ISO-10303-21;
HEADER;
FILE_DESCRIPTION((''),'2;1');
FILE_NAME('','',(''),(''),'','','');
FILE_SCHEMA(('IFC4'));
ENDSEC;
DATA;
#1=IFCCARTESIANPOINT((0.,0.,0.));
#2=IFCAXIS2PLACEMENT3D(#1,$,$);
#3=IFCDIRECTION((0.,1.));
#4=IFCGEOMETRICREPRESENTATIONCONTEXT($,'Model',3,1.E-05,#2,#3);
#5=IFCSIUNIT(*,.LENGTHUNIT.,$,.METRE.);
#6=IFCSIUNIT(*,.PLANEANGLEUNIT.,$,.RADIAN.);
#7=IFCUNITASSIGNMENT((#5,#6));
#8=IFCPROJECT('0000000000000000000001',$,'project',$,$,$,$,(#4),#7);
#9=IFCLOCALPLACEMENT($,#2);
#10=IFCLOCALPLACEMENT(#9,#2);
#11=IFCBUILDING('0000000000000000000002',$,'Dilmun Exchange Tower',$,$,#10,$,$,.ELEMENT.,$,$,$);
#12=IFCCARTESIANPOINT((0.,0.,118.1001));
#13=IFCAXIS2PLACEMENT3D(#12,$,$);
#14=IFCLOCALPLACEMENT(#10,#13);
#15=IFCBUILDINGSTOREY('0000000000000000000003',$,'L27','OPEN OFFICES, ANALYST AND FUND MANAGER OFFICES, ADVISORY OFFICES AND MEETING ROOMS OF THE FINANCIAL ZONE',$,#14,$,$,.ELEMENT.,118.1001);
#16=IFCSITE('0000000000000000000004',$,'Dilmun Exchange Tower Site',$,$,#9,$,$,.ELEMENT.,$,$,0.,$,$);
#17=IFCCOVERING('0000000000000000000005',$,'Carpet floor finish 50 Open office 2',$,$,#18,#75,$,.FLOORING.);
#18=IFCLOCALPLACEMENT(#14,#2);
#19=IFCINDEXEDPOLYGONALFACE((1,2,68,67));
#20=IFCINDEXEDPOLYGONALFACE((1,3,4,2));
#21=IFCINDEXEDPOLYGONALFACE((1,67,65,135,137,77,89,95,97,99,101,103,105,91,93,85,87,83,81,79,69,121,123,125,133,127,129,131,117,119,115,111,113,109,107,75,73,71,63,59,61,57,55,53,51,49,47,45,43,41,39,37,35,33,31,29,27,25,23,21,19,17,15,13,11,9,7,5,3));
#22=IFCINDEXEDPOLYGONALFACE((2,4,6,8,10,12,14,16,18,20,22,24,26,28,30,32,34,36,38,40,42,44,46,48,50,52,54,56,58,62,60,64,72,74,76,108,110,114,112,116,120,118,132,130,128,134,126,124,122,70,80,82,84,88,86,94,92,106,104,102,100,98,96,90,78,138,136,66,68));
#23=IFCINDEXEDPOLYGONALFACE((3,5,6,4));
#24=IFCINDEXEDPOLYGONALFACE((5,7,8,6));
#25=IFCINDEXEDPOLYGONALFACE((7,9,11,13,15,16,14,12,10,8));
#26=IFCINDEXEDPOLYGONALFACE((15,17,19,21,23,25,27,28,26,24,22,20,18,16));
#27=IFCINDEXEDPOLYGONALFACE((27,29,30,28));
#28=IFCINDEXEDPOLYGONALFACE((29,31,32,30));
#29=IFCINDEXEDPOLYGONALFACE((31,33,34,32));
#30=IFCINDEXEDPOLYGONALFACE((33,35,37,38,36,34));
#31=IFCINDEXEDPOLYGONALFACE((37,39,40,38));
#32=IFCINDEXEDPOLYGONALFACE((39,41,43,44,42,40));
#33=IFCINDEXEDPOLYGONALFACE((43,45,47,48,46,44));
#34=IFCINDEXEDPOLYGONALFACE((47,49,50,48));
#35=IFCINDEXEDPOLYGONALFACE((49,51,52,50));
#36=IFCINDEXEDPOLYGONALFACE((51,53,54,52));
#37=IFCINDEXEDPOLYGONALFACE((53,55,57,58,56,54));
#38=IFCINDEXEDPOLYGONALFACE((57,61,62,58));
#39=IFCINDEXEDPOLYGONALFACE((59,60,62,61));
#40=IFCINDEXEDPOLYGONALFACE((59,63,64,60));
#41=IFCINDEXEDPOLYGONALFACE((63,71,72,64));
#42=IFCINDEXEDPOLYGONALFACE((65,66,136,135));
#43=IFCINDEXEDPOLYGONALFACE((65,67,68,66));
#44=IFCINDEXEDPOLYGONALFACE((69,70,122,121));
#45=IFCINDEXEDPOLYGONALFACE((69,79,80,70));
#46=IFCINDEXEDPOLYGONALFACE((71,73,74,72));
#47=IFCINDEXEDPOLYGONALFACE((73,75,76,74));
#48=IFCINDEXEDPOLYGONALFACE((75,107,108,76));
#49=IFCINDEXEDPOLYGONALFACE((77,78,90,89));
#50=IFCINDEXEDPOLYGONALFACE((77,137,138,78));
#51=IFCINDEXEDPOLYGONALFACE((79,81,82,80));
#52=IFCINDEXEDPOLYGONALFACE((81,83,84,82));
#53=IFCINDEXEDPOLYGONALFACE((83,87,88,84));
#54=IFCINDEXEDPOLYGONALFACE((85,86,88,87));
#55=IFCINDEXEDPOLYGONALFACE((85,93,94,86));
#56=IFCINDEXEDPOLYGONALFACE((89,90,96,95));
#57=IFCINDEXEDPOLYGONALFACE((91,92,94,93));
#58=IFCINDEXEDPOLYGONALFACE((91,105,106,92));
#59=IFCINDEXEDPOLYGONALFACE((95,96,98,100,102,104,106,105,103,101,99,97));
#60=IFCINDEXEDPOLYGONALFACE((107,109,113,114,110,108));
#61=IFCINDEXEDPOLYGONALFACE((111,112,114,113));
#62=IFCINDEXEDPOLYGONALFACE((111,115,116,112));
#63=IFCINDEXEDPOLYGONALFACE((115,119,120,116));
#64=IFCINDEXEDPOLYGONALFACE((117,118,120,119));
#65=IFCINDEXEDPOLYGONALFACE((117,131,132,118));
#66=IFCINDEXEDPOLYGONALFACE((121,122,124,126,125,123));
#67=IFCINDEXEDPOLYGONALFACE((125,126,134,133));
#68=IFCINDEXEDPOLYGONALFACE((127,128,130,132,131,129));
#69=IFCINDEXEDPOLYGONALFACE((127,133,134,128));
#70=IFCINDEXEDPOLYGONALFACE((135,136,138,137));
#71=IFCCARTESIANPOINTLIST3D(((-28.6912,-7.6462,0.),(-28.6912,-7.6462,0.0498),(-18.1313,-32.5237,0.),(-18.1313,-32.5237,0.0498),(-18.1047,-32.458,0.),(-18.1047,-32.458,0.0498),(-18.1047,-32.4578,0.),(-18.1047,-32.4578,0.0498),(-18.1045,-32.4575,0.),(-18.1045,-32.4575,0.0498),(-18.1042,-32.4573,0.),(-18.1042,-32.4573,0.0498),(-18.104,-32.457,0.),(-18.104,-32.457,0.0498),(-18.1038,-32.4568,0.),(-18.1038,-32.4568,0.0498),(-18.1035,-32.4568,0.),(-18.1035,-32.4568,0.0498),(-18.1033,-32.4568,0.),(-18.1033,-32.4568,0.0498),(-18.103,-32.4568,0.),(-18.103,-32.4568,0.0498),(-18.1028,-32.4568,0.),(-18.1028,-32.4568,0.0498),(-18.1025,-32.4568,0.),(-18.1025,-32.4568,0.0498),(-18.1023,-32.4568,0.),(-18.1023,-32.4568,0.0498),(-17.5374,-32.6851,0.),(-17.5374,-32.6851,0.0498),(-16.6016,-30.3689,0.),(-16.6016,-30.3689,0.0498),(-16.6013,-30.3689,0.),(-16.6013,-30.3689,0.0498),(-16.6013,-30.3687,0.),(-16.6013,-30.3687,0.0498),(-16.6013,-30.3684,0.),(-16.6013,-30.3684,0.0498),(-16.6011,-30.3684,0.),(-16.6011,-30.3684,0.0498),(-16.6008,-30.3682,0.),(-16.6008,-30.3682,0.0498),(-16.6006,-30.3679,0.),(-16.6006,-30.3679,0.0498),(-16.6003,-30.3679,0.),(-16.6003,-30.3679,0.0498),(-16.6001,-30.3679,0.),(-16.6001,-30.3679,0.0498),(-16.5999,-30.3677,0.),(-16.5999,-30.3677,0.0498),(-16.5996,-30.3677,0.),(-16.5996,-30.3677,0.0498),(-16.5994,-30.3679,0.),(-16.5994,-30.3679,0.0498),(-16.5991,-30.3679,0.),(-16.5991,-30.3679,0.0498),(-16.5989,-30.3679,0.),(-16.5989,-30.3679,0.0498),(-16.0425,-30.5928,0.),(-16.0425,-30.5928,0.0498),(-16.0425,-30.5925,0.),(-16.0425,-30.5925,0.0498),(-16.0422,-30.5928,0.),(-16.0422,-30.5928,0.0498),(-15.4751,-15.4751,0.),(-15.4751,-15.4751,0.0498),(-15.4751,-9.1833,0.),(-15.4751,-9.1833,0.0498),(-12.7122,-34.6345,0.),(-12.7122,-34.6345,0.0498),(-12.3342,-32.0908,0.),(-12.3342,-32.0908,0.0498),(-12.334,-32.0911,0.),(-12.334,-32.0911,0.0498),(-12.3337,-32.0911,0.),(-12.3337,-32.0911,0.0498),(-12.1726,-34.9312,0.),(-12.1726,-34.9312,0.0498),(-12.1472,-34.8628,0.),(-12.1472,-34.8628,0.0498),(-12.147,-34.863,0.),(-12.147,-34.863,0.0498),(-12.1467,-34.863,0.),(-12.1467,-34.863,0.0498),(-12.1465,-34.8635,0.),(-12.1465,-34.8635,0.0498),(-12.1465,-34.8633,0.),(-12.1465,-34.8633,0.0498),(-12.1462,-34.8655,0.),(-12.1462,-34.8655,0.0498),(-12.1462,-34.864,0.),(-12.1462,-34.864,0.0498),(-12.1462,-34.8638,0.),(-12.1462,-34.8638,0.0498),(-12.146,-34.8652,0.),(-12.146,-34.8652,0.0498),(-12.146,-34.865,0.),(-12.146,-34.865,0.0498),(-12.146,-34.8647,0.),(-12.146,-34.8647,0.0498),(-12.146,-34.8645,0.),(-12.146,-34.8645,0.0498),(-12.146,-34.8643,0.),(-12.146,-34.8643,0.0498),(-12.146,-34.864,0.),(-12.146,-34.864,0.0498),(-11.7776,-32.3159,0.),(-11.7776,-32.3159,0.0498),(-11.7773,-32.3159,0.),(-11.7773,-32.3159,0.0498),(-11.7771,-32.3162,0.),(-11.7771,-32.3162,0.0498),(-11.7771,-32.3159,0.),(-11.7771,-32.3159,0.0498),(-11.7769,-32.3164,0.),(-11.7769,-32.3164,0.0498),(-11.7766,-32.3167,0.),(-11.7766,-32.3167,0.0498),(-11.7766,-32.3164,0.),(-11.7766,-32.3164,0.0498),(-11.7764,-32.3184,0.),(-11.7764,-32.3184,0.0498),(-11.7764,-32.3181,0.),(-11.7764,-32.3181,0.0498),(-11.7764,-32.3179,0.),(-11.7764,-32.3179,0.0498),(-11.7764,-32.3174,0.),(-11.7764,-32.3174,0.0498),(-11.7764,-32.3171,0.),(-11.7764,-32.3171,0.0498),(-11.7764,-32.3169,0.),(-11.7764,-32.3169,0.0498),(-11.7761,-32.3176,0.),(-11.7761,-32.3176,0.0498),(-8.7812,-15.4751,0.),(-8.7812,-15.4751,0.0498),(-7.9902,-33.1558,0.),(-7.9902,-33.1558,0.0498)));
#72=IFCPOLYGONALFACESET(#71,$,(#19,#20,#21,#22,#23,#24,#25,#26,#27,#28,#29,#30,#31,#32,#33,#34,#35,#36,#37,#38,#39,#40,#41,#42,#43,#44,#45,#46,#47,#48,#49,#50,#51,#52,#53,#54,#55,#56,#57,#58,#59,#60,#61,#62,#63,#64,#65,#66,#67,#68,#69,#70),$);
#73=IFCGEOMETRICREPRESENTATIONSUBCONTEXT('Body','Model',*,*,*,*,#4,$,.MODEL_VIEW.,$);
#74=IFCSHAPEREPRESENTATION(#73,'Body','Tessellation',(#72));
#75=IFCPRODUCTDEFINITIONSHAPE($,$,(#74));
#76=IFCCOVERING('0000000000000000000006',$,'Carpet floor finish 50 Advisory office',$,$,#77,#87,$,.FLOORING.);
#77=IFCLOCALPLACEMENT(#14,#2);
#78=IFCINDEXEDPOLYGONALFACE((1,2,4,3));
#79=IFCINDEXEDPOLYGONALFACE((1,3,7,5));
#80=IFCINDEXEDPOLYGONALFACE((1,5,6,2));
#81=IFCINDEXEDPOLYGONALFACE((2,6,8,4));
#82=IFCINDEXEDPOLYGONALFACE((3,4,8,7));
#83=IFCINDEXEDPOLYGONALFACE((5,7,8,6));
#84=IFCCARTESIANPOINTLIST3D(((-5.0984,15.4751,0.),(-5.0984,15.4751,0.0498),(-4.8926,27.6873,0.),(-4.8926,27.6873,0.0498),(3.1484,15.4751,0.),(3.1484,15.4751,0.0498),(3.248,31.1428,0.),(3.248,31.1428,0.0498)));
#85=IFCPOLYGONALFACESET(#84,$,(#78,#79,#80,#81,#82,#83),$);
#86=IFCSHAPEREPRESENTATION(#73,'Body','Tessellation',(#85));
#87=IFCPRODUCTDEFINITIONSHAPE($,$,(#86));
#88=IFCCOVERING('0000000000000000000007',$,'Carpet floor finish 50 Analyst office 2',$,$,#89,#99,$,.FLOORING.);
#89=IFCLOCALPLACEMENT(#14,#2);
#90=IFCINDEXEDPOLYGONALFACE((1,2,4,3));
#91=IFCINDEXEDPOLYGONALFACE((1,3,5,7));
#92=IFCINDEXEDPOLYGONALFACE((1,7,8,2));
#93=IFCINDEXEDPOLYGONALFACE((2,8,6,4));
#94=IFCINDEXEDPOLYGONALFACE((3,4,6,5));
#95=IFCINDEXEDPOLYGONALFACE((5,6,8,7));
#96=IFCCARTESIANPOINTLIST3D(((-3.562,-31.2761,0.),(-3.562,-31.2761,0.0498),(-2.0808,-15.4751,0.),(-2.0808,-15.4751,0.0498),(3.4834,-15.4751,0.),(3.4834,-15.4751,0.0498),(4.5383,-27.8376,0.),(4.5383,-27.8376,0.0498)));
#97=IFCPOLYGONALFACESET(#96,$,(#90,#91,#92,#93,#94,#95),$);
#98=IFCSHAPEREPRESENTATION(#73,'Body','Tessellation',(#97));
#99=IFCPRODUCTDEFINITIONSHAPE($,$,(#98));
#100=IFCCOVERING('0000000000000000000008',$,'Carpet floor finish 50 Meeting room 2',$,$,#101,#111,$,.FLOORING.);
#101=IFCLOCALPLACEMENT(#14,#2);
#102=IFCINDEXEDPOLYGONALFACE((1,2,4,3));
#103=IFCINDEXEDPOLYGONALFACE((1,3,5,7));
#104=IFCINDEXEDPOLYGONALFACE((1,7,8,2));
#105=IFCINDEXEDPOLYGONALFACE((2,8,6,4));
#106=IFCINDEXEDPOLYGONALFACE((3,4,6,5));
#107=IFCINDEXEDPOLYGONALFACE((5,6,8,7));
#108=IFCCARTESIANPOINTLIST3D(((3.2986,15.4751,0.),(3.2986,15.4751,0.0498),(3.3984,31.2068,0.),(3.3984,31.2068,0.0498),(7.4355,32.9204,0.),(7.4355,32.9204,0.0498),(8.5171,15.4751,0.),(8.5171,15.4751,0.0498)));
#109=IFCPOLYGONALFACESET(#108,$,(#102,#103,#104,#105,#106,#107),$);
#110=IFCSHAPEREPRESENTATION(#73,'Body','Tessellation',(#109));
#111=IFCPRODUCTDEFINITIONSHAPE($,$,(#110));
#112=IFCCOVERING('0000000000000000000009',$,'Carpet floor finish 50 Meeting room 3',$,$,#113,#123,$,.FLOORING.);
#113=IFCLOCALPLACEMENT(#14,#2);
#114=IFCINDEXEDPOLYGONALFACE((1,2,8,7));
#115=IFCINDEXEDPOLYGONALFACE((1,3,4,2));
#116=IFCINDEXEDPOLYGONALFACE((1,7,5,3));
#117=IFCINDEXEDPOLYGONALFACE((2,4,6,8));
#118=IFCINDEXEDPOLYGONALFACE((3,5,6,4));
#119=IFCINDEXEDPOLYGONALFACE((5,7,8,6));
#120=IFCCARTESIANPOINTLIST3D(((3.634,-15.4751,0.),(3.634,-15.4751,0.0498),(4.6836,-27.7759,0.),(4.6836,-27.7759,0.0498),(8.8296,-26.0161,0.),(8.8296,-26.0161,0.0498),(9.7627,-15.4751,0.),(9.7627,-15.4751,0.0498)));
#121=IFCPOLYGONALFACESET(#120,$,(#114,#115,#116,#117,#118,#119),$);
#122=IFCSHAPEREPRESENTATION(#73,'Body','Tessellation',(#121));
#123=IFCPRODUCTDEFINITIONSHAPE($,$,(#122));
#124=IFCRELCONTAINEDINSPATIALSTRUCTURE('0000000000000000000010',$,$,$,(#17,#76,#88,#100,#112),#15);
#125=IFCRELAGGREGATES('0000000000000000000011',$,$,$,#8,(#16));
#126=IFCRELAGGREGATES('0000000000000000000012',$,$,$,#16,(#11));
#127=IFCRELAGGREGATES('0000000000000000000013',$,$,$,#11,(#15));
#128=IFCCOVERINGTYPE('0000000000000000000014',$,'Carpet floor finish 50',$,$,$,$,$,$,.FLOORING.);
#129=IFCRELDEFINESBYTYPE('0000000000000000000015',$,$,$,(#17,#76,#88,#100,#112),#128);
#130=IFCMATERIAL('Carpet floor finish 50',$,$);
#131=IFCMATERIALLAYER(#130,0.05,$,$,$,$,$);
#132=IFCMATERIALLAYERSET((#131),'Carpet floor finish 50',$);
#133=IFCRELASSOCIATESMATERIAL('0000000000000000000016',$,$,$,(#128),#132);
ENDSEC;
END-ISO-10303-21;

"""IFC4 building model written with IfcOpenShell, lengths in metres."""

from ifc_helpers import new_model, si_unit, direction, frame, origin, place, context, subcontext, project, spatial, polyline, outline, extrude, material, layer, layer_set, type_object, element, save


model = new_model("IFC4")

# Units and contexts
model_context = context("Model", 3, precision=1e-05, world=origin(), true_north=direction((0.0, 1.0)))
body_context = subcontext(model_context, "Body", "Model", "MODEL_VIEW")
ifc_project = project(units=[si_unit("LENGTHUNIT", "METRE"), si_unit("PLANEANGLEUNIT", "RADIAN")], contexts=[model_context])

# Site, building, storey
site_placement = place(None, origin())
site = spatial("IfcSite", under=ifc_project, at=site_placement, Name="Dilmun Exchange Tower Site", CompositionType="ELEMENT", RefElevation=0.0)
building_placement = place(site_placement, origin())
building = spatial("IfcBuilding", under=site, at=building_placement, Name="Dilmun Exchange Tower", CompositionType="ELEMENT")
storey_placement = place(building_placement, frame((0.0, 0.0, 118.1001)))
storey = spatial("IfcBuildingStorey", under=building, at=storey_placement, Name="L27", Description="OPEN OFFICES, ANALYST AND FUND MANAGER OFFICES, ADVISORY OFFICES AND MEETING ROOMS OF THE FINANCIAL ZONE", CompositionType="ELEMENT", Elevation=118.1001)

# Coverings
ifc_material_1 = material(Name="Carpet floor finish 50")
ifc_layer_1 = layer(ifc_material_1, 0.05)
ifc_layer_set_1 = layer_set([ifc_layer_1], Name="Carpet floor finish 50")
covering_type_1 = type_object("IfcCoveringType", Name="Carpet floor finish 50", PredefinedType="FLOORING", material=ifc_layer_set_1)
covering_1_placement = place(storey_placement, origin())
element("IfcCovering", 1, at=covering_1_placement, inside=storey, type_object=covering_type_1, Name="Carpet floor finish 50 Open office 2", PredefinedType="FLOORING", context=body_context, shape_type="SweptSolid", body=[
    extrude(outline(polyline([(-15.4751, -9.1833), (-15.4751, -15.4751), (-8.7812, -15.4751), (-7.9902, -33.1558), (-12.1726, -34.9312), (-12.1462, -34.8655), (-12.146, -34.8652), (-12.146, -34.865), (-12.146, -34.8647), (-12.146, -34.8645), (-12.146, -34.8645), (-12.146, -34.8643), (-12.146, -34.864), (-12.1462, -34.864), (-12.1462, -34.8638), (-12.1465, -34.8635), (-12.1465, -34.8633), (-12.1465, -34.8633), (-12.1467, -34.863), (-12.147, -34.863), (-12.1472, -34.8628), (-12.1472, -34.8628), (-12.7122, -34.6345), (-11.7764, -32.3184), (-11.7764, -32.3184), (-11.7764, -32.3181), (-11.7764, -32.3179), (-11.7761, -32.3176), (-11.7764, -32.3174), (-11.7764, -32.3174), (-11.7764, -32.3171), (-11.7764, -32.3169), (-11.7766, -32.3167), (-11.7766, -32.3167), (-11.7766, -32.3164), (-11.7769, -32.3164), (-11.7771, -32.3162), (-11.7771, -32.3159), (-11.7773, -32.3159), (-11.7776, -32.3159), (-12.3337, -32.0911), (-12.334, -32.0911), (-12.3342, -32.0908), (-12.3342, -32.0908), (-16.0422, -30.5928), (-16.0422, -30.5928), (-16.0425, -30.5928), (-16.0425, -30.5925), (-16.5989, -30.3679), (-16.5991, -30.3679), (-16.5994, -30.3679), (-16.5996, -30.3677), (-16.5996, -30.3677), (-16.5999, -30.3677), (-16.6001, -30.3679), (-16.6003, -30.3679), (-16.6003, -30.3679), (-16.6006, -30.3679), (-16.6008, -30.3682), (-16.6008, -30.3682), (-16.6011, -30.3684), (-16.6013, -30.3684), (-16.6013, -30.3687), (-16.6013, -30.3689), (-16.6016, -30.3689), (-17.5374, -32.6851), (-18.1023, -32.4568), (-18.1023, -32.4568), (-18.1025, -32.4568), (-18.1028, -32.4568), (-18.1028, -32.4568), (-18.103, -32.4568), (-18.1033, -32.4568), (-18.1035, -32.4568), (-18.1038, -32.4568), (-18.104, -32.457), (-18.104, -32.457), (-18.1042, -32.4573), (-18.1042, -32.4573), (-18.1045, -32.4575), (-18.1045, -32.4575), (-18.1047, -32.4578), (-18.1047, -32.458), (-18.1313, -32.5237), (-28.6912, -7.6462), (-15.4751, -9.1833)])), origin(), (0.0, 0.0, 1.0), 0.0498),
])
covering_2_placement = place(storey_placement, origin())
element("IfcCovering", 2, at=covering_2_placement, inside=storey, type_object=covering_type_1, Name="Carpet floor finish 50 Advisory office", PredefinedType="FLOORING", context=body_context, shape_type="SweptSolid", body=[
    extrude(outline(polyline([(3.1484, 15.4751), (-5.0984, 15.4751), (-4.8926, 27.6873), (3.248, 31.1428), (3.1484, 15.4751)])), origin(), (0.0, 0.0, 1.0), 0.0498),
])
covering_3_placement = place(storey_placement, origin())
element("IfcCovering", 3, at=covering_3_placement, inside=storey, type_object=covering_type_1, Name="Carpet floor finish 50 Analyst office 2", PredefinedType="FLOORING", context=body_context, shape_type="SweptSolid", body=[
    extrude(outline(polyline([(-2.0808, -15.4751), (3.4834, -15.4751), (4.5383, -27.8376), (-3.562, -31.2761), (-2.0808, -15.4751)])), origin(), (0.0, 0.0, 1.0), 0.0498),
])
covering_4_placement = place(storey_placement, origin())
element("IfcCovering", 4, at=covering_4_placement, inside=storey, type_object=covering_type_1, Name="Carpet floor finish 50 Meeting room 2", PredefinedType="FLOORING", context=body_context, shape_type="SweptSolid", body=[
    extrude(outline(polyline([(8.5171, 15.4751), (3.2986, 15.4751), (3.3984, 31.2068), (7.4355, 32.9204), (8.5171, 15.4751)])), origin(), (0.0, 0.0, 1.0), 0.0498),
])
covering_5_placement = place(storey_placement, origin())
element("IfcCovering", 5, at=covering_5_placement, inside=storey, type_object=covering_type_1, Name="Carpet floor finish 50 Meeting room 3", PredefinedType="FLOORING", context=body_context, shape_type="SweptSolid", body=[
    extrude(outline(polyline([(3.634, -15.4751), (9.7627, -15.4751), (8.8296, -26.0161), (4.6836, -27.7759), (3.634, -15.4751)])), origin(), (0.0, 0.0, 1.0), 0.0498),
])

save(model, "model.ifc")
